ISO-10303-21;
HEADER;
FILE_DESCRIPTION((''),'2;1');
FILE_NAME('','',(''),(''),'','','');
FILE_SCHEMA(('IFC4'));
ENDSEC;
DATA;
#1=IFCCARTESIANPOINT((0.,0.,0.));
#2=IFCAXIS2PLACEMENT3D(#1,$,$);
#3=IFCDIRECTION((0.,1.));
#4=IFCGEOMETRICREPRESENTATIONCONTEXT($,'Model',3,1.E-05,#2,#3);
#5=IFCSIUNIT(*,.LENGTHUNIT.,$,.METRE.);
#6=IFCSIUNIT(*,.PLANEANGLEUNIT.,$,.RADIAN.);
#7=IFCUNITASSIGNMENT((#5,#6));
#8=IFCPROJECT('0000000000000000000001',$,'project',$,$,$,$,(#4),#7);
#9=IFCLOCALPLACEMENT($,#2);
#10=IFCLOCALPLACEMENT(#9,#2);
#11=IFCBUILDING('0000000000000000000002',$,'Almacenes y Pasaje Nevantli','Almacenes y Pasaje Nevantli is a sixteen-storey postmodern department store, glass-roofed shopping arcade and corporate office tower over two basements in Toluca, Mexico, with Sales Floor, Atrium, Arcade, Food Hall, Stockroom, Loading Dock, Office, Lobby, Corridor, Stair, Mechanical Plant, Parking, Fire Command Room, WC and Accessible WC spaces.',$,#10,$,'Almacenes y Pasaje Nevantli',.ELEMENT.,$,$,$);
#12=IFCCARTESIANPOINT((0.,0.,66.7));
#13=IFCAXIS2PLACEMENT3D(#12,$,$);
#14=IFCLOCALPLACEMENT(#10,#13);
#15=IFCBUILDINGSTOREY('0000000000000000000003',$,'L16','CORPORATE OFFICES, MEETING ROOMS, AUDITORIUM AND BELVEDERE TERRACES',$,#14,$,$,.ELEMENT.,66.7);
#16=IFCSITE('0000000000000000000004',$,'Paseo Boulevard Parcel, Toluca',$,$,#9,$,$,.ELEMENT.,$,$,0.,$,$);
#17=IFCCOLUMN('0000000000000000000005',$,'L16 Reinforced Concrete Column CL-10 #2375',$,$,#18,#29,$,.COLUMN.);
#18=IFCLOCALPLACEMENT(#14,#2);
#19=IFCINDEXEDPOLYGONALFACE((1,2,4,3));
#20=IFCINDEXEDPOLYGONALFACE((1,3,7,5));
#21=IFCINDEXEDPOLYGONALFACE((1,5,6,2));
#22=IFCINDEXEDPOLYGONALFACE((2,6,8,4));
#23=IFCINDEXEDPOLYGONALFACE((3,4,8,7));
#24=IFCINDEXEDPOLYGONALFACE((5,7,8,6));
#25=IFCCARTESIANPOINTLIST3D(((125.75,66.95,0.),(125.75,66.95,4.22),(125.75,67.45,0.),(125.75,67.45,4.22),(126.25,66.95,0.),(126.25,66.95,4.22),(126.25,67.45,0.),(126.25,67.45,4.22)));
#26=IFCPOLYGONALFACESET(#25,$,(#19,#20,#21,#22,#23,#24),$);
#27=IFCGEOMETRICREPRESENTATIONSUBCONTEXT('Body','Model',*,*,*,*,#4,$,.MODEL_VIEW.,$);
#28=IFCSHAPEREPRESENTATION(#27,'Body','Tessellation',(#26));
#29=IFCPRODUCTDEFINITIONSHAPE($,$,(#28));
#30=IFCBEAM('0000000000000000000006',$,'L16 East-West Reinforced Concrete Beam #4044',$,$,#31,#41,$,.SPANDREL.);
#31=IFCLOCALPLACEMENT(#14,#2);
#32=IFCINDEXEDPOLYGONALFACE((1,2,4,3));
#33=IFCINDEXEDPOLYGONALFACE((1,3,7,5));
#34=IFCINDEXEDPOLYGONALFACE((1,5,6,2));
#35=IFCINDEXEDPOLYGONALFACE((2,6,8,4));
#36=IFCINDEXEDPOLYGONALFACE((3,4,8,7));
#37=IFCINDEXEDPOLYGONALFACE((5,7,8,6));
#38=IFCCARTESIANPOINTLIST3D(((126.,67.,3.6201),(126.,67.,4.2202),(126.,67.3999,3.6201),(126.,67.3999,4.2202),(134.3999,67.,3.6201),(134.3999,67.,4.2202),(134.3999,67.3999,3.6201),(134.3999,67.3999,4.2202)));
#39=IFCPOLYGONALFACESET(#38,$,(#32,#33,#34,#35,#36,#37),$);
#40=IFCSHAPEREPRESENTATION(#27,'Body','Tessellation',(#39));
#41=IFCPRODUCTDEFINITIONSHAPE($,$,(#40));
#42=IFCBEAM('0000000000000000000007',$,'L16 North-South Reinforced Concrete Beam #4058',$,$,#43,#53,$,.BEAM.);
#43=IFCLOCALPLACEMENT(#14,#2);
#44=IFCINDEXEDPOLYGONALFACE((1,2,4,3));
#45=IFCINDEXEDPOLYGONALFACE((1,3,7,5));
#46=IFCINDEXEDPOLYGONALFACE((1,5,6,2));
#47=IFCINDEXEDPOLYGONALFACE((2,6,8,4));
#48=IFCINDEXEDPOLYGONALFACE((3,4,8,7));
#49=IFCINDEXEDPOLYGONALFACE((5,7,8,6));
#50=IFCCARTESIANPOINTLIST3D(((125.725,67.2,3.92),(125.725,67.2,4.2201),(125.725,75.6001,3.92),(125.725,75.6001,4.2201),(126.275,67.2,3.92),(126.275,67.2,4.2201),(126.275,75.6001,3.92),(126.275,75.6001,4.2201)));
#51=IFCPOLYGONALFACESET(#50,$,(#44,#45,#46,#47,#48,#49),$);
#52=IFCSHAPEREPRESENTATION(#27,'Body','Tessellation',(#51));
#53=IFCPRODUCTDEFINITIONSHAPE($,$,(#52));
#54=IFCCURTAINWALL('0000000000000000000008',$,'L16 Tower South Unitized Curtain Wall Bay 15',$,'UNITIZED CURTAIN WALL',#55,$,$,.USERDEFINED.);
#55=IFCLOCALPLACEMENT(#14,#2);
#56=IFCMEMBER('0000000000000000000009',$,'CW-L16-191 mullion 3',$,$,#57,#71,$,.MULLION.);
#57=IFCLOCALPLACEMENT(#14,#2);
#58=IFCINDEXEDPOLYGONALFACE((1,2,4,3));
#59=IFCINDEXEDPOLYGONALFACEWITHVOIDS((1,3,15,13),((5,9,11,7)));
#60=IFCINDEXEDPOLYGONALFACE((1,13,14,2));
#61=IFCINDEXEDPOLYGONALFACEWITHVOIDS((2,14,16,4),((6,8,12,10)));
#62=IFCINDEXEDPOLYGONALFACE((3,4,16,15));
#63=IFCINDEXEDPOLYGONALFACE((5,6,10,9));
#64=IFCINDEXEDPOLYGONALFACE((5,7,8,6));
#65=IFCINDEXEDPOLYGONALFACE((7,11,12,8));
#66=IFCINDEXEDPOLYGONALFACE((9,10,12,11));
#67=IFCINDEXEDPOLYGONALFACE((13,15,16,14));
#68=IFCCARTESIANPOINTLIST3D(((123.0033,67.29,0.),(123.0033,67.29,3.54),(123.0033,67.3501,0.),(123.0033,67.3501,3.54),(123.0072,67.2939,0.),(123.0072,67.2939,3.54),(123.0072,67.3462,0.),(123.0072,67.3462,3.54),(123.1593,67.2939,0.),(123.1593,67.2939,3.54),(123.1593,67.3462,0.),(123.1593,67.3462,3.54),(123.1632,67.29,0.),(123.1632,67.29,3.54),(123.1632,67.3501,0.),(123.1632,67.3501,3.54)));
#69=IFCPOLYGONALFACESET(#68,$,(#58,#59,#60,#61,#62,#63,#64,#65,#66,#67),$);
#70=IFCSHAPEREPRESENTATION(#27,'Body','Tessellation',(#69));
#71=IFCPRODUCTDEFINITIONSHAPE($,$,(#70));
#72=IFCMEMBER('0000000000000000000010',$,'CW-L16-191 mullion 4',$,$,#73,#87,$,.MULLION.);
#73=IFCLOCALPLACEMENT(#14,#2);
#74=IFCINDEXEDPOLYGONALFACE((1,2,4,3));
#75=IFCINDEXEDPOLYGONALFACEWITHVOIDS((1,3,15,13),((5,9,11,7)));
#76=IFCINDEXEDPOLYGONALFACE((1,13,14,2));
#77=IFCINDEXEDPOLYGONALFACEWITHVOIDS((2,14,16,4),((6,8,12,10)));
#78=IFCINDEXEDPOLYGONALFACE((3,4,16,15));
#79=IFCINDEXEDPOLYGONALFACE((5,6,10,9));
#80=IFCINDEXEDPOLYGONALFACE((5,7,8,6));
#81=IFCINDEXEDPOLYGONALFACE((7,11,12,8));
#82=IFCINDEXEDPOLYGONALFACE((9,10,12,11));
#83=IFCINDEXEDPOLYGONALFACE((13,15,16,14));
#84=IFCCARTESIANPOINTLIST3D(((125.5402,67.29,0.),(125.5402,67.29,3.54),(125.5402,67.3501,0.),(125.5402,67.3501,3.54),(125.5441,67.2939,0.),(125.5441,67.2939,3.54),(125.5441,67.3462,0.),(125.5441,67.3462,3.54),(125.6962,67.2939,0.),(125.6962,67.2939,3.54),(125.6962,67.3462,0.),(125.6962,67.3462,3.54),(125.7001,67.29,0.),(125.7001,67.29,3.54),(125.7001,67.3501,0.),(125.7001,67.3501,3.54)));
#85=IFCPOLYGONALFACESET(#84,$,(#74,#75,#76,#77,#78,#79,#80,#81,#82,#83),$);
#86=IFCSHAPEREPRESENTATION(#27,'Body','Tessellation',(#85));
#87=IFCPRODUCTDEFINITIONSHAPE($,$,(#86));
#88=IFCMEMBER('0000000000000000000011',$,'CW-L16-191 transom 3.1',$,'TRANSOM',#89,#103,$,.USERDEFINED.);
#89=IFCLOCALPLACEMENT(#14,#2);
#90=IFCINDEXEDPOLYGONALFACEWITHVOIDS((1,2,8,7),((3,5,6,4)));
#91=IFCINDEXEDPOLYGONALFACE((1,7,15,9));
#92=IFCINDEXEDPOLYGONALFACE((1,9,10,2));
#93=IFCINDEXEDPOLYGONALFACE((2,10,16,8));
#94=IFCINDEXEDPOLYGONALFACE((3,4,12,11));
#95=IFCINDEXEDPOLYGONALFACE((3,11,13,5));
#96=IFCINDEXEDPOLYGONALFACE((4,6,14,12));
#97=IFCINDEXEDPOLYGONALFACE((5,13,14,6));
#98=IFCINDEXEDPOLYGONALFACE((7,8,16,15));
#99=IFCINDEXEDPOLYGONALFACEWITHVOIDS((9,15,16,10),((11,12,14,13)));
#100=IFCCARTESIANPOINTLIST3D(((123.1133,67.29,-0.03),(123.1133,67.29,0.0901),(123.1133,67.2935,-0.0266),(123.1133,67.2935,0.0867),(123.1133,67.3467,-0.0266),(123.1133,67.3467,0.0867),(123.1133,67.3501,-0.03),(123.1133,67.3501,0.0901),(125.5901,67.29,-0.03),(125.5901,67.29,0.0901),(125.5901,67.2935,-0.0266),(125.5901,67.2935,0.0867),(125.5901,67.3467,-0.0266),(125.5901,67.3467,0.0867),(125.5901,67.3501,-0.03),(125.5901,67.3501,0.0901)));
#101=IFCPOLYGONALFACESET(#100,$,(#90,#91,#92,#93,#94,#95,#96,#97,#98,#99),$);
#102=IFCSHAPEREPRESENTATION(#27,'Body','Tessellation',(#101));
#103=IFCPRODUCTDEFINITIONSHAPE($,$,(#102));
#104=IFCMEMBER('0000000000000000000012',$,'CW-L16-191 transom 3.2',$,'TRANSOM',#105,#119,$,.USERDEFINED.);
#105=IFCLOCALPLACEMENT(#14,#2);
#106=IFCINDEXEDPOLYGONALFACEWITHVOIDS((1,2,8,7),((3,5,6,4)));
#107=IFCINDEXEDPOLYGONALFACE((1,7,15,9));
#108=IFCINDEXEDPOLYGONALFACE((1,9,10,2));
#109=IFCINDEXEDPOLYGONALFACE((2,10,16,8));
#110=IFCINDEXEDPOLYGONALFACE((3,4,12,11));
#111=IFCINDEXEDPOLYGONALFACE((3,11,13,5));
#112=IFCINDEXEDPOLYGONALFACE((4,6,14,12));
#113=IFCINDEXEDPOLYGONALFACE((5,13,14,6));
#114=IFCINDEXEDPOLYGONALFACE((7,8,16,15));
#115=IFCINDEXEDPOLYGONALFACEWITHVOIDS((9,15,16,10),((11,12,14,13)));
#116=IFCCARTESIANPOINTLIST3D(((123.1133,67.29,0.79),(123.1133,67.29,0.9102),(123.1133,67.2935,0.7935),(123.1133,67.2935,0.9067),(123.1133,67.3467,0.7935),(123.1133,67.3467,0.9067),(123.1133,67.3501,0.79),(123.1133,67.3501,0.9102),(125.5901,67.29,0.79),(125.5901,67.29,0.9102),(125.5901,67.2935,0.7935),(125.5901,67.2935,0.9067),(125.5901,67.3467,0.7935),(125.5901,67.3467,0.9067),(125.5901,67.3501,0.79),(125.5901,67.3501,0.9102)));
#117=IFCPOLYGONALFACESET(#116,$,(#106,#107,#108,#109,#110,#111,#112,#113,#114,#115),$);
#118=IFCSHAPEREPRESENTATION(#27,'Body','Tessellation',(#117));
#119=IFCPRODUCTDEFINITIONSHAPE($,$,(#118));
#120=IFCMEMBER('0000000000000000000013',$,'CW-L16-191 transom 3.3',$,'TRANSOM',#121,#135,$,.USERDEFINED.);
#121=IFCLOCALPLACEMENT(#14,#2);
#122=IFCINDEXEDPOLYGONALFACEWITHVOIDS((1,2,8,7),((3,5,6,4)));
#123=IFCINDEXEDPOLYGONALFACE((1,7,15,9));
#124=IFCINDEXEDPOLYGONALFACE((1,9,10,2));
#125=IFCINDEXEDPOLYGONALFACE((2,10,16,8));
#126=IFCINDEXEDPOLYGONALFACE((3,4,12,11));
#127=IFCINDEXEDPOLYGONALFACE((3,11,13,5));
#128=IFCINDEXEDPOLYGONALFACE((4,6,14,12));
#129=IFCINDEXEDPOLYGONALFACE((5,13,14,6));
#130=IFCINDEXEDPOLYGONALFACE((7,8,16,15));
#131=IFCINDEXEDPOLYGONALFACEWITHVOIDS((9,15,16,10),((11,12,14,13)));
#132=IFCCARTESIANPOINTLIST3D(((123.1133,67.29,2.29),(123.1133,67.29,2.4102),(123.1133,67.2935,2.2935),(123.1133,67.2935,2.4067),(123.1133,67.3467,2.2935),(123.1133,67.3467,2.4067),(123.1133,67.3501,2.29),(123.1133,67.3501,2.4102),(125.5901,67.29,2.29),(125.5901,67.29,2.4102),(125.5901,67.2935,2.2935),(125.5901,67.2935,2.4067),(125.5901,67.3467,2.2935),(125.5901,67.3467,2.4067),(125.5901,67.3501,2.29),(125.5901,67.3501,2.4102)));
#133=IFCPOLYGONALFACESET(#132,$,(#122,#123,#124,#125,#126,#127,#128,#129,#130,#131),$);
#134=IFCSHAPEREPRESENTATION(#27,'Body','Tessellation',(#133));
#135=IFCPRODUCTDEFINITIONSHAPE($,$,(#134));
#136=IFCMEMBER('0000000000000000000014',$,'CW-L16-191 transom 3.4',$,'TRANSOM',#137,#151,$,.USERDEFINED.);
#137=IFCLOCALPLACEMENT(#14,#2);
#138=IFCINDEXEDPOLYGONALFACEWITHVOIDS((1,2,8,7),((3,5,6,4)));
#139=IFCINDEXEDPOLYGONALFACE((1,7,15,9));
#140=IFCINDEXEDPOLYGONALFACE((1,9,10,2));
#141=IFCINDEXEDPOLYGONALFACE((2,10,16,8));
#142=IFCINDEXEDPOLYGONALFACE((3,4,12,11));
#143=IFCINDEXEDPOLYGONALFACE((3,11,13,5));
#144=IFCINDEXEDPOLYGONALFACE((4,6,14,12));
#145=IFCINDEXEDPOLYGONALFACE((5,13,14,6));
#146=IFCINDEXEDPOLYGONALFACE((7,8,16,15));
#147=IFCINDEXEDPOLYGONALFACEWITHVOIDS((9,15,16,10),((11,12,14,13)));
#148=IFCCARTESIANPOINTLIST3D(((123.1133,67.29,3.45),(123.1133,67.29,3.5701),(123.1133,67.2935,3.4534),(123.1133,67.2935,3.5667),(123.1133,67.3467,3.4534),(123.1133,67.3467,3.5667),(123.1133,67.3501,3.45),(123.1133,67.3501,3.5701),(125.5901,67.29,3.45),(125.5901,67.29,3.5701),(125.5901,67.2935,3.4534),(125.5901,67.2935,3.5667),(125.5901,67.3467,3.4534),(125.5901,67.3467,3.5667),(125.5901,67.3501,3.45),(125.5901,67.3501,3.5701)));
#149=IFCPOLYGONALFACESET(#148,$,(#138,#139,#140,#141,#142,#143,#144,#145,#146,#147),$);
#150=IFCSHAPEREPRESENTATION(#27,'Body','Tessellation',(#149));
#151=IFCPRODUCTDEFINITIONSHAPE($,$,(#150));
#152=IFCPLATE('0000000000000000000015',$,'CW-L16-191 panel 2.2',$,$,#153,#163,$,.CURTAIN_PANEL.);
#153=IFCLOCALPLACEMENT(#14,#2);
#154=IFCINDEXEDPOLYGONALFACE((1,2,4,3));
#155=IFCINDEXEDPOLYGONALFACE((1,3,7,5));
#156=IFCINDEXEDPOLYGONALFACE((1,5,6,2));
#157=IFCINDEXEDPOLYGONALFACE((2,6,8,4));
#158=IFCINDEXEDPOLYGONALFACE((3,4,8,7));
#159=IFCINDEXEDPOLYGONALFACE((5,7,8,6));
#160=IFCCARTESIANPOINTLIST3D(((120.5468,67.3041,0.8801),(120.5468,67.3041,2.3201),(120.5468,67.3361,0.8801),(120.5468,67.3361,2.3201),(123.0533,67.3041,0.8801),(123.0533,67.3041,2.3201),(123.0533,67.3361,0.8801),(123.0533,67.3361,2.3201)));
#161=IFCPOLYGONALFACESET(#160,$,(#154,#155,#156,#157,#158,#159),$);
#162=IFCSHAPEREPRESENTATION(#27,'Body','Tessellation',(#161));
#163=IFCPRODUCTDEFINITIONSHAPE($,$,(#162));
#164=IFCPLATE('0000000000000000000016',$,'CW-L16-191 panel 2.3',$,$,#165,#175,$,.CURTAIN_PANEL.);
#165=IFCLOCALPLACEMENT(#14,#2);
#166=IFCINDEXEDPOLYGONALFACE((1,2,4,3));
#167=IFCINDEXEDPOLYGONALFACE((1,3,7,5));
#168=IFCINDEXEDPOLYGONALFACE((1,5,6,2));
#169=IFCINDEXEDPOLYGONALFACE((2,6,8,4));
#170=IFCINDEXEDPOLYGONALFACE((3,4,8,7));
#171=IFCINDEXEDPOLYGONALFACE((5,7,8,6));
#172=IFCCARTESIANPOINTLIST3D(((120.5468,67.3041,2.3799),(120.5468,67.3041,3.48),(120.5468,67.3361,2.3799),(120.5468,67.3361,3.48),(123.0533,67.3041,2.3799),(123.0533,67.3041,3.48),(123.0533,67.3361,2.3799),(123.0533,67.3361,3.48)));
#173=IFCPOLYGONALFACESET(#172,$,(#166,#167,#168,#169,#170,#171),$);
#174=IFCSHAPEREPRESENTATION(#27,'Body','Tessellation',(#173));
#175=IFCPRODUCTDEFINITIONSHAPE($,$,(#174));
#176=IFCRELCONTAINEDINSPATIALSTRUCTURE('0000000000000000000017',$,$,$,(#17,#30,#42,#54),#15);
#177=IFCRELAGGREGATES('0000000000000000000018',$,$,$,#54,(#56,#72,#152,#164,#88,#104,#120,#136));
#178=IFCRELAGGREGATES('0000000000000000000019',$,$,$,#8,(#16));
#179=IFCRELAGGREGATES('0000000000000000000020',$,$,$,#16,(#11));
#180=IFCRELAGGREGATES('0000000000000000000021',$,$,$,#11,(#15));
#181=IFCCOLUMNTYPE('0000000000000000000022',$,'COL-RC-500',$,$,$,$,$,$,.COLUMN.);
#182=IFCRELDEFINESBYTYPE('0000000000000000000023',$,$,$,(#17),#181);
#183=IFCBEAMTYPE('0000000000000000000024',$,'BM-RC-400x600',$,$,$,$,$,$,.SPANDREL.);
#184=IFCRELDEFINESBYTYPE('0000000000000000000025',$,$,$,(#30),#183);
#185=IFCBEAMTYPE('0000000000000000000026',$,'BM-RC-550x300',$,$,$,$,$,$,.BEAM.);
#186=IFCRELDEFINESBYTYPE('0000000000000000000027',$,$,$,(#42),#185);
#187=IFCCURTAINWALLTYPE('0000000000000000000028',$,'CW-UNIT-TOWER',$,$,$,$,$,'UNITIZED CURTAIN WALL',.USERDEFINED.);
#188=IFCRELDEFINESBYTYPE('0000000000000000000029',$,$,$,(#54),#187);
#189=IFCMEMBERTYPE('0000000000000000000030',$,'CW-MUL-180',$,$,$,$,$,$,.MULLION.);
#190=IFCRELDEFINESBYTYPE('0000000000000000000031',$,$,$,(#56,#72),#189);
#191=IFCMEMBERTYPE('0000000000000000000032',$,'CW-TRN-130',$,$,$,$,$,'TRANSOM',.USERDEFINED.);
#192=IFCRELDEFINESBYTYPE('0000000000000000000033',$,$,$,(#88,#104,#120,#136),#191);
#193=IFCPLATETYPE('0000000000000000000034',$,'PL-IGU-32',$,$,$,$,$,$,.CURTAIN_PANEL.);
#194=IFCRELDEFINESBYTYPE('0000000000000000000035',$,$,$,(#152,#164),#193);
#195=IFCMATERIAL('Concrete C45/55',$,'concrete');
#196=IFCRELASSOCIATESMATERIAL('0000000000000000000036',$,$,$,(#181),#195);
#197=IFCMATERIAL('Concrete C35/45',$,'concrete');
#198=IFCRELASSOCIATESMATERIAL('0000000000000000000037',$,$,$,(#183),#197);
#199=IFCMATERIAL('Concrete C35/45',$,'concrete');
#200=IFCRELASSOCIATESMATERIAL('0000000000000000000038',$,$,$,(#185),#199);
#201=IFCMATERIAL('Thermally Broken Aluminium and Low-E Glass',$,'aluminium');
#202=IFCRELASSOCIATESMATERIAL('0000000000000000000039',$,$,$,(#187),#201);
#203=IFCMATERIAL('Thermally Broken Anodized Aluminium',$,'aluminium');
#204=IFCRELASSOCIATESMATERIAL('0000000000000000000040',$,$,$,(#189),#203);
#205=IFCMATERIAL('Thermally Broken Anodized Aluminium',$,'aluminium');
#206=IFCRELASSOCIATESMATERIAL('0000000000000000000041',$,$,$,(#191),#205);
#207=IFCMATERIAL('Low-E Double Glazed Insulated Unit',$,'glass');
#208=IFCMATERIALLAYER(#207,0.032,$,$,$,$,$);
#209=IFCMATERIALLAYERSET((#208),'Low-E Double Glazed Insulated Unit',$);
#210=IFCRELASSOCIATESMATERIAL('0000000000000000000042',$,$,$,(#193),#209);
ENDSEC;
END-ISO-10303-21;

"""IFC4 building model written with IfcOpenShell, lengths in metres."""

from ifc_helpers import new_model, si_unit, direction, frame, origin, origin_2d, place, context, subcontext, project, spatial, rectangle, hollow_rectangle, extrude, material, layer, layer_set, material_profile, profile_set, type_object, element, aggregate, save


model = new_model("IFC4")

# Units and contexts
model_context = context("Model", 3, precision=1e-05, world=origin(), true_north=direction((0.0, 1.0)))
body_context = subcontext(model_context, "Body", "Model", "MODEL_VIEW")
ifc_project = project(units=[si_unit("LENGTHUNIT", "METRE"), si_unit("PLANEANGLEUNIT", "RADIAN")], contexts=[model_context])

# Site, building, storey
site_placement = place(None, origin())
site = spatial("IfcSite", under=ifc_project, at=site_placement, Name="Paseo Boulevard Parcel, Toluca", CompositionType="ELEMENT", RefElevation=0.0)
building_placement = place(site_placement, origin())
building = spatial("IfcBuilding", under=site, at=building_placement, Name="Almacenes y Pasaje Nevantli", Description="Almacenes y Pasaje Nevantli is a sixteen-storey postmodern department store, glass-roofed shopping arcade and corporate office tower over two basements in Toluca, Mexico, with Sales Floor, Atrium, Arcade, Food Hall, Stockroom, Loading Dock, Office, Lobby, Corridor, Stair, Mechanical Plant, Parking, Fire Command Room, WC and Accessible WC spaces.", LongName="Almacenes y Pasaje Nevantli", CompositionType="ELEMENT")
storey_placement = place(building_placement, frame((0.0, 0.0, 66.7)))
storey = spatial("IfcBuildingStorey", under=building, at=storey_placement, Name="L16", Description="CORPORATE OFFICES, MEETING ROOMS, AUDITORIUM AND BELVEDERE TERRACES", CompositionType="ELEMENT", Elevation=66.7)

# Column
ifc_material_1 = material(Name="Concrete C45/55", Category="concrete")
ifc_material_profile_1 = material_profile(ifc_material_1, rectangle(XDim=0.5, YDim=0.5, at=origin_2d()), Name="RC-COL-500x500")
ifc_profile_set_1 = profile_set([ifc_material_profile_1], Name="Concrete C45/55")
column_type = type_object("IfcColumnType", Name="COL-RC-500", PredefinedType="COLUMN", material=ifc_profile_set_1)
column_placement = place(storey_placement, frame((126.0, 67.2, 0.0), z_axis=(0.0, 0.0, 1.0), x_axis=(1.0, 0.0, 0.0)))
element("IfcColumn", 1, at=column_placement, inside=storey, type_object=column_type, Name="L16 Reinforced Concrete Column CL-10 #2375", PredefinedType="COLUMN", context=body_context, shape_type="SweptSolid", body=[
    extrude(rectangle(XDim=0.5, YDim=0.5, at=origin_2d()), origin(), (0.0, 0.0, 1.0), 4.22),
])

# Beams
ifc_material_2 = material(Name="Concrete C35/45", Category="concrete")
ifc_material_profile_2 = material_profile(ifc_material_2, rectangle(XDim=0.3999, YDim=0.6001, at=origin_2d()), Name="RC-BM-400x600")
ifc_profile_set_2 = profile_set([ifc_material_profile_2], Name="Concrete C35/45")
beam_type_1 = type_object("IfcBeamType", Name="BM-RC-400x600", PredefinedType="SPANDREL", material=ifc_profile_set_2)
beam_1_placement = place(storey_placement, frame((126.0, 67.2, 3.9202), z_axis=(1.0, 0.0, 0.0), x_axis=(0.0, 1.0, 0.0)))
element("IfcBeam", 2, at=beam_1_placement, inside=storey, type_object=beam_type_1, Name="L16 East-West Reinforced Concrete Beam #4044", PredefinedType="SPANDREL", context=body_context, shape_type="SweptSolid", body=[
    extrude(rectangle(XDim=0.3999, YDim=0.6001, at=origin_2d()), origin(), (0.0, 0.0, 1.0), 8.3999),
])
ifc_material_3 = material(Name="Concrete C35/45", Category="concrete")
ifc_material_profile_3 = material_profile(ifc_material_3, rectangle(XDim=0.55, YDim=0.3, at=origin_2d()), Name="RC-BM-550x300")
ifc_profile_set_3 = profile_set([ifc_material_profile_3], Name="Concrete C35/45")
beam_type_2 = type_object("IfcBeamType", Name="BM-RC-550x300", PredefinedType="BEAM", material=ifc_profile_set_3)
beam_2_placement = place(storey_placement, frame((126.0, 67.2, 4.0701), z_axis=(0.0, 1.0, 0.0), x_axis=(-1.0, 0.0, 0.0)))
element("IfcBeam", 3, at=beam_2_placement, inside=storey, type_object=beam_type_2, Name="L16 North-South Reinforced Concrete Beam #4058", PredefinedType="BEAM", context=body_context, shape_type="SweptSolid", body=[
    extrude(rectangle(XDim=0.55, YDim=0.3, at=origin_2d()), origin(), (0.0, 0.0, 1.0), 8.4001),
])

# Curtain wall, members, plates
ifc_material_4 = material(Name="Thermally Broken Aluminium and Low-E Glass", Category="aluminium")
curtain_wall_type = type_object("IfcCurtainWallType", Name="CW-UNIT-TOWER", ElementType="UNITIZED CURTAIN WALL", PredefinedType="USERDEFINED", material=ifc_material_4)
curtain_wall_placement = place(storey_placement, origin())
curtain_wall = element("IfcCurtainWall", 4, at=curtain_wall_placement, inside=storey, type_object=curtain_wall_type, Name="L16 Tower South Unitized Curtain Wall Bay 15", ObjectType="UNITIZED CURTAIN WALL", PredefinedType="USERDEFINED")
ifc_material_5 = material(Name="Thermally Broken Anodized Aluminium", Category="aluminium")
ifc_material_profile_4 = material_profile(ifc_material_5, hollow_rectangle(XDim=0.0601, YDim=0.1599, WallThickness=0.0039, at=origin_2d()), Name="ALU-MUL-60x160")
ifc_profile_set_4 = profile_set([ifc_material_profile_4], Name="Thermally Broken Anodized Aluminium")
member_type_1 = type_object("IfcMemberType", Name="CW-MUL-180", PredefinedType="MULLION", material=ifc_profile_set_4)
member_1_placement = place(storey_placement, frame((123.0833, 67.3201, 0.0), z_axis=(0.0, 0.0, 1.0), x_axis=(0.0, 1.0, 0.0)))
member_1 = element("IfcMember", 5, at=member_1_placement, type_object=member_type_1, Name="CW-L16-191 mullion 3", PredefinedType="MULLION", context=body_context, shape_type="SweptSolid", body=[
    extrude(hollow_rectangle(XDim=0.0601, YDim=0.1599, WallThickness=0.0039, at=origin_2d()), origin(), (0.0, 0.0, 1.0), 3.54),
])
member_2_placement = place(storey_placement, frame((125.6201, 67.3201, 0.0), z_axis=(0.0, 0.0, 1.0), x_axis=(0.0, 1.0, 0.0)))
member_2 = element("IfcMember", 6, at=member_2_placement, type_object=member_type_1, Name="CW-L16-191 mullion 4", PredefinedType="MULLION", context=body_context, shape_type="SweptSolid", body=[
    extrude(hollow_rectangle(XDim=0.0601, YDim=0.1599, WallThickness=0.0039, at=origin_2d()), origin(), (0.0, 0.0, 1.0), 3.54),
])
ifc_material_6 = material(Name="Thermally Broken Anodized Aluminium", Category="aluminium")
ifc_material_profile_5 = material_profile(ifc_material_6, hollow_rectangle(XDim=0.0601, YDim=0.1201, WallThickness=0.0034, at=origin_2d()), Name="ALU-TRN-60x120")
ifc_profile_set_5 = profile_set([ifc_material_profile_5], Name="Thermally Broken Anodized Aluminium")
member_type_2 = type_object("IfcMemberType", Name="CW-TRN-130", ElementType="TRANSOM", PredefinedType="USERDEFINED", material=ifc_profile_set_5)
member_3_placement = place(storey_placement, frame((123.1133, 67.3201, 0.03), z_axis=(1.0, 0.0, 0.0), x_axis=(0.0, 1.0, 0.0)))
member_3 = element("IfcMember", 7, at=member_3_placement, type_object=member_type_2, Name="CW-L16-191 transom 3.1", ObjectType="TRANSOM", PredefinedType="USERDEFINED", context=body_context, shape_type="SweptSolid", body=[
    extrude(hollow_rectangle(XDim=0.0601, YDim=0.1201, WallThickness=0.0034, at=origin_2d()), origin(), (0.0, 0.0, 1.0), 2.4768),
])
member_4_placement = place(storey_placement, frame((123.1133, 67.3201, 0.8501), z_axis=(1.0, 0.0, 0.0), x_axis=(0.0, 1.0, 0.0)))
member_4 = element("IfcMember", 8, at=member_4_placement, type_object=member_type_2, Name="CW-L16-191 transom 3.2", ObjectType="TRANSOM", PredefinedType="USERDEFINED", context=body_context, shape_type="SweptSolid", body=[
    extrude(hollow_rectangle(XDim=0.0601, YDim=0.1201, WallThickness=0.0034, at=origin_2d()), origin(), (0.0, 0.0, 1.0), 2.4768),
])
member_5_placement = place(storey_placement, frame((123.1133, 67.3201, 2.3501), z_axis=(1.0, 0.0, 0.0), x_axis=(0.0, 1.0, 0.0)))
member_5 = element("IfcMember", 9, at=member_5_placement, type_object=member_type_2, Name="CW-L16-191 transom 3.3", ObjectType="TRANSOM", PredefinedType="USERDEFINED", context=body_context, shape_type="SweptSolid", body=[
    extrude(hollow_rectangle(XDim=0.0601, YDim=0.1201, WallThickness=0.0034, at=origin_2d()), origin(), (0.0, 0.0, 1.0), 2.4768),
])
member_6_placement = place(storey_placement, frame((123.1133, 67.3201, 3.51), z_axis=(1.0, 0.0, 0.0), x_axis=(0.0, 1.0, 0.0)))
member_6 = element("IfcMember", 10, at=member_6_placement, type_object=member_type_2, Name="CW-L16-191 transom 3.4", ObjectType="TRANSOM", PredefinedType="USERDEFINED", context=body_context, shape_type="SweptSolid", body=[
    extrude(hollow_rectangle(XDim=0.0601, YDim=0.1201, WallThickness=0.0034, at=origin_2d()), origin(), (0.0, 0.0, 1.0), 2.4768),
])
ifc_material_7 = material(Name="Low-E Double Glazed Insulated Unit", Category="glass")
ifc_layer_1 = layer(ifc_material_7, 0.032)
ifc_layer_set_1 = layer_set([ifc_layer_1], Name="Low-E Double Glazed Insulated Unit")
plate_type = type_object("IfcPlateType", Name="PL-IGU-32", PredefinedType="CURTAIN_PANEL", material=ifc_layer_set_1)
plate_1_placement = place(storey_placement, frame((121.8, 67.3201, 0.8801), z_axis=(0.0, 0.0, 1.0), x_axis=(1.0, 0.0, 0.0)))
plate_1 = element("IfcPlate", 11, at=plate_1_placement, type_object=plate_type, Name="CW-L16-191 panel 2.2", PredefinedType="CURTAIN_PANEL", context=body_context, shape_type="SweptSolid", body=[
    extrude(rectangle(XDim=2.5066, YDim=0.032, at=origin_2d()), origin(), (0.0, 0.0, 1.0), 1.4399),
])
plate_2_placement = place(storey_placement, frame((121.8, 67.3201, 2.3799), z_axis=(0.0, 0.0, 1.0), x_axis=(1.0, 0.0, 0.0)))
plate_2 = element("IfcPlate", 12, at=plate_2_placement, type_object=plate_type, Name="CW-L16-191 panel 2.3", PredefinedType="CURTAIN_PANEL", context=body_context, shape_type="SweptSolid", body=[
    extrude(rectangle(XDim=2.5066, YDim=0.032, at=origin_2d()), origin(), (0.0, 0.0, 1.0), 1.1001),
])
aggregate(curtain_wall, [member_1, member_2, plate_1, plate_2, member_3, member_4, member_5, member_6])

save(model, "model.ifc")
